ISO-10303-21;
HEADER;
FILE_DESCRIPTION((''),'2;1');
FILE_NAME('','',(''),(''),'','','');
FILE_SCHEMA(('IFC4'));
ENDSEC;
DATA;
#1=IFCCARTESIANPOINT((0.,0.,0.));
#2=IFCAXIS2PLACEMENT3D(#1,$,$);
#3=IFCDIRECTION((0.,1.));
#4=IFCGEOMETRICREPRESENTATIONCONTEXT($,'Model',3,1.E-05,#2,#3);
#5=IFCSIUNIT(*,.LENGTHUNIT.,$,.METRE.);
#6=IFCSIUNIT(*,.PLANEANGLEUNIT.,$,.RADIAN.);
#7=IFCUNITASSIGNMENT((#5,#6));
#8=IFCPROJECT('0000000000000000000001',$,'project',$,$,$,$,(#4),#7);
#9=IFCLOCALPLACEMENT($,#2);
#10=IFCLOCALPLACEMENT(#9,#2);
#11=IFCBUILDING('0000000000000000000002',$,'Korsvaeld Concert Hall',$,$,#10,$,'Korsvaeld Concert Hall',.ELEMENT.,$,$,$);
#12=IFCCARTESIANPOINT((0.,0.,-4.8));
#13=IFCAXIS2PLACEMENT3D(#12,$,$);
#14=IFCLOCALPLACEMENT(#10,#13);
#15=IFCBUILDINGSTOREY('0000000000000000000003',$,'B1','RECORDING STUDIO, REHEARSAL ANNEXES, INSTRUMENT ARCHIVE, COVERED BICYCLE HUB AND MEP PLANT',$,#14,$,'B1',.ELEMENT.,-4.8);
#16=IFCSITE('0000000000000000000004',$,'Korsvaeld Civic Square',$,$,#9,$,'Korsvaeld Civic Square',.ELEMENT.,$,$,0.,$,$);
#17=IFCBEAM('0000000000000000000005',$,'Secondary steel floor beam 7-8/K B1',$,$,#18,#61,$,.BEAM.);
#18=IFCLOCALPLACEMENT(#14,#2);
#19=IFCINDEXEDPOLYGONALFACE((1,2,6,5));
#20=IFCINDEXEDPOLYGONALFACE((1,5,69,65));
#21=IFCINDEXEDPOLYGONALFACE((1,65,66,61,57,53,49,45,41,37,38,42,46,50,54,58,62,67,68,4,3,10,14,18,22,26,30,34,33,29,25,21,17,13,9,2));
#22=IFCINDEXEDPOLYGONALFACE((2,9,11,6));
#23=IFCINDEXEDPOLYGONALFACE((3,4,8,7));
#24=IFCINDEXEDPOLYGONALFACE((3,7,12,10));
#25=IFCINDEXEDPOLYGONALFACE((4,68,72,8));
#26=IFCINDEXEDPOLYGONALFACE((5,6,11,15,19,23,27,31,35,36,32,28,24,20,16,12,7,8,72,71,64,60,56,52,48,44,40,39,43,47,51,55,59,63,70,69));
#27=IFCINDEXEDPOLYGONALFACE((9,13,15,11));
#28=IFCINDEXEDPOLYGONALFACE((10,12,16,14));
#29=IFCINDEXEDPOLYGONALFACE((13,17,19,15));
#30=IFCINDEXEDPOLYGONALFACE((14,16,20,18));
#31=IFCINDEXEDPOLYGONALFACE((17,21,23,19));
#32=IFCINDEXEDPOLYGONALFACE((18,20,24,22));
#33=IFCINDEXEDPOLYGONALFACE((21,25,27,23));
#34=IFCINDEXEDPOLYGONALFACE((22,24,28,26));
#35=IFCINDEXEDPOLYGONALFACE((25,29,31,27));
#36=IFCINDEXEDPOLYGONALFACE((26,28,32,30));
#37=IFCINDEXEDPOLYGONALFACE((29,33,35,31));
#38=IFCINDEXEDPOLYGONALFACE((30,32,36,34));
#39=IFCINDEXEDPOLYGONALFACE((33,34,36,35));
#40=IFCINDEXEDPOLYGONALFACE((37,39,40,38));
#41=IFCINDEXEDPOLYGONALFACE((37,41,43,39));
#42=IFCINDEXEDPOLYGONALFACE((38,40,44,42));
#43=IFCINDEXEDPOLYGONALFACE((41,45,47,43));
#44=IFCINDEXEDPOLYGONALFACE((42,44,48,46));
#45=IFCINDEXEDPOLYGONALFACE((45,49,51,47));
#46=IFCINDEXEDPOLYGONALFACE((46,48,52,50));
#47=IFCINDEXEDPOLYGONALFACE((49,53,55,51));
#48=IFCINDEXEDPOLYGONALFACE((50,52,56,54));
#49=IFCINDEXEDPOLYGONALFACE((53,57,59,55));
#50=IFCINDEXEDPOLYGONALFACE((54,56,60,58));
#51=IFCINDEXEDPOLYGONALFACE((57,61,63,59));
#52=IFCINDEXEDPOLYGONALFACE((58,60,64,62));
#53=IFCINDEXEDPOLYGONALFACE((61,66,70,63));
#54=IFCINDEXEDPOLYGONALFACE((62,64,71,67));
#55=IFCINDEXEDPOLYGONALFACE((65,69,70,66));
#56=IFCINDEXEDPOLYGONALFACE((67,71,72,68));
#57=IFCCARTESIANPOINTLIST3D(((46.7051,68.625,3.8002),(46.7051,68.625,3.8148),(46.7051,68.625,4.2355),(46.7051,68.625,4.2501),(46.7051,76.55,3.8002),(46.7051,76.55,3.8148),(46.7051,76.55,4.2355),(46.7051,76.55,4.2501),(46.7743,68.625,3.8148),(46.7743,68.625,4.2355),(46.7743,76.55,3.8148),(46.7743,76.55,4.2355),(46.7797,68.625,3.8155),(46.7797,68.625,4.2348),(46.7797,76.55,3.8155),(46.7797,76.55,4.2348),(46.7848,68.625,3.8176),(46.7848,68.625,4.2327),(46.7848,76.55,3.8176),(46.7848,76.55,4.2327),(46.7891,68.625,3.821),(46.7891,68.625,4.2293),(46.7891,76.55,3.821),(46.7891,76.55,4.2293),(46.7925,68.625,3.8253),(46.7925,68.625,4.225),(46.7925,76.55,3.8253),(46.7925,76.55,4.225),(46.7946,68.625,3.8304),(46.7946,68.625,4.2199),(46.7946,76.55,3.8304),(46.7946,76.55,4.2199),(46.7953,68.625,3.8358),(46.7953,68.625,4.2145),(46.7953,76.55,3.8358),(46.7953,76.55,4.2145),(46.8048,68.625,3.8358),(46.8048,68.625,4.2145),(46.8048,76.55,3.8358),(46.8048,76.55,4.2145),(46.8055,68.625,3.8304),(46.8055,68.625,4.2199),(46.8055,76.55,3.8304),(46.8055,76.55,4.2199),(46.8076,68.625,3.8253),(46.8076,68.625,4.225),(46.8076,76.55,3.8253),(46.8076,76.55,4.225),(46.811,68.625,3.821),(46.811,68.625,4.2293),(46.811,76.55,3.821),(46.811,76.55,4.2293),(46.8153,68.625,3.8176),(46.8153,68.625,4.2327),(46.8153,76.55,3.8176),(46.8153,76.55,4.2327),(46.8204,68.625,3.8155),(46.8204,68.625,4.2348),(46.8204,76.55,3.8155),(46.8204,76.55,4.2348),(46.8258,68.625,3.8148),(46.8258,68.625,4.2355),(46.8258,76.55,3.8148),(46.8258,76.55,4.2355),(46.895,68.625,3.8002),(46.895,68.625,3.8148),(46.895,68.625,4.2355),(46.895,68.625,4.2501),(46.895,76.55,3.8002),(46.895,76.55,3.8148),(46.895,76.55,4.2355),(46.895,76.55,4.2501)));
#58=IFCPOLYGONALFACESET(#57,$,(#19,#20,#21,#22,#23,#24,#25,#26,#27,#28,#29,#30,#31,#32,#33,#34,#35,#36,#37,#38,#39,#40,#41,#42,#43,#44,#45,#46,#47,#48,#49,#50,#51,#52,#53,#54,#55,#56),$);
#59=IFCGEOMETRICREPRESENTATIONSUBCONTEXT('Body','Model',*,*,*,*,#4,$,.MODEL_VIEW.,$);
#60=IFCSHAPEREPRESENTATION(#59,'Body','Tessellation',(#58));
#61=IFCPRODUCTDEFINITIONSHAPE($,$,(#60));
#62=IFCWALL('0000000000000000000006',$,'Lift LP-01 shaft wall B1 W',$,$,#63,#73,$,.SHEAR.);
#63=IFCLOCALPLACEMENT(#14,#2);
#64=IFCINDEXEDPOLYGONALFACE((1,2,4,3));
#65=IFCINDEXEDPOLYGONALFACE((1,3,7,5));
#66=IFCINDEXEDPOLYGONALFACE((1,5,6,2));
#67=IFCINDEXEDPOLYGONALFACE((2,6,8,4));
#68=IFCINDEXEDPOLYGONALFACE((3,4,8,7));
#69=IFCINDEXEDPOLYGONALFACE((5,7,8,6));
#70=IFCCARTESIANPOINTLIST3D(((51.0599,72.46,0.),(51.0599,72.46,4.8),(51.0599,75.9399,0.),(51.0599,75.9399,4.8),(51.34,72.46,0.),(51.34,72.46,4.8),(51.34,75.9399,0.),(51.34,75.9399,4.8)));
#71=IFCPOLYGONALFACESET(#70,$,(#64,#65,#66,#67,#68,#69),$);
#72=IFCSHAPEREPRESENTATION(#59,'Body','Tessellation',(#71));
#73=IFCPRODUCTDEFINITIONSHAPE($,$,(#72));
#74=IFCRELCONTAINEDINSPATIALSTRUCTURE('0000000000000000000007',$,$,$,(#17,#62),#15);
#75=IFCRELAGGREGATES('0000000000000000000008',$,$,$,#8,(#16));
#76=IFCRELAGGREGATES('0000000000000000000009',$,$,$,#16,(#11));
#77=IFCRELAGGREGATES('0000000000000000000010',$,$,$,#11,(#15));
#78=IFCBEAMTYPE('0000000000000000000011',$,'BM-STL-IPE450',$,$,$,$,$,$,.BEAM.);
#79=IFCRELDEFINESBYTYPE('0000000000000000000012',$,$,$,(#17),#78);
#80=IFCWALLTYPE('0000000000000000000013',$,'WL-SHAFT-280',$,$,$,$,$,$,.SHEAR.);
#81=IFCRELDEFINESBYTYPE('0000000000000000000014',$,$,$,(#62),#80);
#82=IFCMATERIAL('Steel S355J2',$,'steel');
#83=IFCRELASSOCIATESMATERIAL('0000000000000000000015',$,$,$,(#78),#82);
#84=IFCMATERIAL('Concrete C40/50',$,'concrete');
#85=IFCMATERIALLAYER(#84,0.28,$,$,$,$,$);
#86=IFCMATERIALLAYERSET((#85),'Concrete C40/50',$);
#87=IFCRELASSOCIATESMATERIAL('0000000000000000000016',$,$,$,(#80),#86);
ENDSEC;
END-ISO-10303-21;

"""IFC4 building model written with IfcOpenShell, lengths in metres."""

from ifc_helpers import new_model, si_unit, direction, frame, frame_2d, origin, origin_2d, place, context, subcontext, project, spatial, rectangle, i_section, extrude, material, layer, layer_set, material_profile, profile_set, type_object, element, save


model = new_model("IFC4")

# Units and contexts
model_context = context("Model", 3, precision=1e-05, world=origin(), true_north=direction((0.0, 1.0)))
body_context = subcontext(model_context, "Body", "Model", "MODEL_VIEW")
ifc_project = project(units=[si_unit("LENGTHUNIT", "METRE"), si_unit("PLANEANGLEUNIT", "RADIAN")], contexts=[model_context])

# Site, building, storey
site_placement = place(None, origin())
site = spatial("IfcSite", under=ifc_project, at=site_placement, Name="Korsvaeld Civic Square", LongName="Korsvaeld Civic Square", CompositionType="ELEMENT", RefElevation=0.0)
building_placement = place(site_placement, origin())
building = spatial("IfcBuilding", under=site, at=building_placement, Name="Korsvaeld Concert Hall", LongName="Korsvaeld Concert Hall", CompositionType="ELEMENT")
storey_placement = place(building_placement, frame((0.0, 0.0, -4.8)))
storey = spatial("IfcBuildingStorey", under=building, at=storey_placement, Name="B1", Description="RECORDING STUDIO, REHEARSAL ANNEXES, INSTRUMENT ARCHIVE, COVERED BICYCLE HUB AND MEP PLANT", LongName="B1", CompositionType="ELEMENT", Elevation=-4.8)

# Shared definitions
ifc_material_1 = material(Name="Concrete C40/50", Category="concrete")

# Beam
ifc_material_2 = material(Name="Steel S355J2", Category="steel")
ifc_material_profile_1 = material_profile(ifc_material_2, i_section(OverallWidth=0.1899, OverallDepth=0.45, WebThickness=0.0095, FlangeThickness=0.0146, FilletRadius=0.021, at=origin_2d()), Name="IPE 450")
ifc_profile_set_1 = profile_set([ifc_material_profile_1], Name="Steel S355J2")
beam_type_1 = type_object("IfcBeamType", Name="BM-STL-IPE450", PredefinedType="BEAM", material=ifc_profile_set_1)
beam_1_placement = place(storey_placement, frame((46.8, 68.625, 4.0251), z_axis=(0.0, 1.0, 0.0), x_axis=(-1.0, 0.0, 0.0)))
element("IfcBeam", 1, at=beam_1_placement, inside=storey, type_object=beam_type_1, Name="Secondary steel floor beam 7-8/K B1", PredefinedType="BEAM", context=body_context, shape_type="SweptSolid", body=[
    extrude(i_section(OverallWidth=0.1899, OverallDepth=0.45, WebThickness=0.0095, FlangeThickness=0.0146, FilletRadius=0.021, at=origin_2d()), origin(), (0.0, 0.0, 1.0), 7.925),
])

# Shared definitions
ifc_layer = layer(ifc_material_1, 0.28)
ifc_layer_set = layer_set([ifc_layer], Name="Concrete C40/50")
wall_type = type_object("IfcWallType", Name="WL-SHAFT-280", PredefinedType="SHEAR", material=ifc_layer_set)

# Wall
wall_1_placement = place(storey_placement, frame((51.2, 75.9399, 0.0), z_axis=(0.0, 0.0, 1.0), x_axis=(0.0, -1.0, 0.0)))
element("IfcWall", 2, at=wall_1_placement, inside=storey, type_object=wall_type, Name="Lift LP-01 shaft wall B1 W", PredefinedType="SHEAR", context=body_context, shape_type="SweptSolid", body=[
    extrude(rectangle(XDim=3.48, YDim=0.28, at=frame_2d((1.74, 0.0))), origin(), (0.0, 0.0, 1.0), 4.8),
])

save(model, "model.ifc")
